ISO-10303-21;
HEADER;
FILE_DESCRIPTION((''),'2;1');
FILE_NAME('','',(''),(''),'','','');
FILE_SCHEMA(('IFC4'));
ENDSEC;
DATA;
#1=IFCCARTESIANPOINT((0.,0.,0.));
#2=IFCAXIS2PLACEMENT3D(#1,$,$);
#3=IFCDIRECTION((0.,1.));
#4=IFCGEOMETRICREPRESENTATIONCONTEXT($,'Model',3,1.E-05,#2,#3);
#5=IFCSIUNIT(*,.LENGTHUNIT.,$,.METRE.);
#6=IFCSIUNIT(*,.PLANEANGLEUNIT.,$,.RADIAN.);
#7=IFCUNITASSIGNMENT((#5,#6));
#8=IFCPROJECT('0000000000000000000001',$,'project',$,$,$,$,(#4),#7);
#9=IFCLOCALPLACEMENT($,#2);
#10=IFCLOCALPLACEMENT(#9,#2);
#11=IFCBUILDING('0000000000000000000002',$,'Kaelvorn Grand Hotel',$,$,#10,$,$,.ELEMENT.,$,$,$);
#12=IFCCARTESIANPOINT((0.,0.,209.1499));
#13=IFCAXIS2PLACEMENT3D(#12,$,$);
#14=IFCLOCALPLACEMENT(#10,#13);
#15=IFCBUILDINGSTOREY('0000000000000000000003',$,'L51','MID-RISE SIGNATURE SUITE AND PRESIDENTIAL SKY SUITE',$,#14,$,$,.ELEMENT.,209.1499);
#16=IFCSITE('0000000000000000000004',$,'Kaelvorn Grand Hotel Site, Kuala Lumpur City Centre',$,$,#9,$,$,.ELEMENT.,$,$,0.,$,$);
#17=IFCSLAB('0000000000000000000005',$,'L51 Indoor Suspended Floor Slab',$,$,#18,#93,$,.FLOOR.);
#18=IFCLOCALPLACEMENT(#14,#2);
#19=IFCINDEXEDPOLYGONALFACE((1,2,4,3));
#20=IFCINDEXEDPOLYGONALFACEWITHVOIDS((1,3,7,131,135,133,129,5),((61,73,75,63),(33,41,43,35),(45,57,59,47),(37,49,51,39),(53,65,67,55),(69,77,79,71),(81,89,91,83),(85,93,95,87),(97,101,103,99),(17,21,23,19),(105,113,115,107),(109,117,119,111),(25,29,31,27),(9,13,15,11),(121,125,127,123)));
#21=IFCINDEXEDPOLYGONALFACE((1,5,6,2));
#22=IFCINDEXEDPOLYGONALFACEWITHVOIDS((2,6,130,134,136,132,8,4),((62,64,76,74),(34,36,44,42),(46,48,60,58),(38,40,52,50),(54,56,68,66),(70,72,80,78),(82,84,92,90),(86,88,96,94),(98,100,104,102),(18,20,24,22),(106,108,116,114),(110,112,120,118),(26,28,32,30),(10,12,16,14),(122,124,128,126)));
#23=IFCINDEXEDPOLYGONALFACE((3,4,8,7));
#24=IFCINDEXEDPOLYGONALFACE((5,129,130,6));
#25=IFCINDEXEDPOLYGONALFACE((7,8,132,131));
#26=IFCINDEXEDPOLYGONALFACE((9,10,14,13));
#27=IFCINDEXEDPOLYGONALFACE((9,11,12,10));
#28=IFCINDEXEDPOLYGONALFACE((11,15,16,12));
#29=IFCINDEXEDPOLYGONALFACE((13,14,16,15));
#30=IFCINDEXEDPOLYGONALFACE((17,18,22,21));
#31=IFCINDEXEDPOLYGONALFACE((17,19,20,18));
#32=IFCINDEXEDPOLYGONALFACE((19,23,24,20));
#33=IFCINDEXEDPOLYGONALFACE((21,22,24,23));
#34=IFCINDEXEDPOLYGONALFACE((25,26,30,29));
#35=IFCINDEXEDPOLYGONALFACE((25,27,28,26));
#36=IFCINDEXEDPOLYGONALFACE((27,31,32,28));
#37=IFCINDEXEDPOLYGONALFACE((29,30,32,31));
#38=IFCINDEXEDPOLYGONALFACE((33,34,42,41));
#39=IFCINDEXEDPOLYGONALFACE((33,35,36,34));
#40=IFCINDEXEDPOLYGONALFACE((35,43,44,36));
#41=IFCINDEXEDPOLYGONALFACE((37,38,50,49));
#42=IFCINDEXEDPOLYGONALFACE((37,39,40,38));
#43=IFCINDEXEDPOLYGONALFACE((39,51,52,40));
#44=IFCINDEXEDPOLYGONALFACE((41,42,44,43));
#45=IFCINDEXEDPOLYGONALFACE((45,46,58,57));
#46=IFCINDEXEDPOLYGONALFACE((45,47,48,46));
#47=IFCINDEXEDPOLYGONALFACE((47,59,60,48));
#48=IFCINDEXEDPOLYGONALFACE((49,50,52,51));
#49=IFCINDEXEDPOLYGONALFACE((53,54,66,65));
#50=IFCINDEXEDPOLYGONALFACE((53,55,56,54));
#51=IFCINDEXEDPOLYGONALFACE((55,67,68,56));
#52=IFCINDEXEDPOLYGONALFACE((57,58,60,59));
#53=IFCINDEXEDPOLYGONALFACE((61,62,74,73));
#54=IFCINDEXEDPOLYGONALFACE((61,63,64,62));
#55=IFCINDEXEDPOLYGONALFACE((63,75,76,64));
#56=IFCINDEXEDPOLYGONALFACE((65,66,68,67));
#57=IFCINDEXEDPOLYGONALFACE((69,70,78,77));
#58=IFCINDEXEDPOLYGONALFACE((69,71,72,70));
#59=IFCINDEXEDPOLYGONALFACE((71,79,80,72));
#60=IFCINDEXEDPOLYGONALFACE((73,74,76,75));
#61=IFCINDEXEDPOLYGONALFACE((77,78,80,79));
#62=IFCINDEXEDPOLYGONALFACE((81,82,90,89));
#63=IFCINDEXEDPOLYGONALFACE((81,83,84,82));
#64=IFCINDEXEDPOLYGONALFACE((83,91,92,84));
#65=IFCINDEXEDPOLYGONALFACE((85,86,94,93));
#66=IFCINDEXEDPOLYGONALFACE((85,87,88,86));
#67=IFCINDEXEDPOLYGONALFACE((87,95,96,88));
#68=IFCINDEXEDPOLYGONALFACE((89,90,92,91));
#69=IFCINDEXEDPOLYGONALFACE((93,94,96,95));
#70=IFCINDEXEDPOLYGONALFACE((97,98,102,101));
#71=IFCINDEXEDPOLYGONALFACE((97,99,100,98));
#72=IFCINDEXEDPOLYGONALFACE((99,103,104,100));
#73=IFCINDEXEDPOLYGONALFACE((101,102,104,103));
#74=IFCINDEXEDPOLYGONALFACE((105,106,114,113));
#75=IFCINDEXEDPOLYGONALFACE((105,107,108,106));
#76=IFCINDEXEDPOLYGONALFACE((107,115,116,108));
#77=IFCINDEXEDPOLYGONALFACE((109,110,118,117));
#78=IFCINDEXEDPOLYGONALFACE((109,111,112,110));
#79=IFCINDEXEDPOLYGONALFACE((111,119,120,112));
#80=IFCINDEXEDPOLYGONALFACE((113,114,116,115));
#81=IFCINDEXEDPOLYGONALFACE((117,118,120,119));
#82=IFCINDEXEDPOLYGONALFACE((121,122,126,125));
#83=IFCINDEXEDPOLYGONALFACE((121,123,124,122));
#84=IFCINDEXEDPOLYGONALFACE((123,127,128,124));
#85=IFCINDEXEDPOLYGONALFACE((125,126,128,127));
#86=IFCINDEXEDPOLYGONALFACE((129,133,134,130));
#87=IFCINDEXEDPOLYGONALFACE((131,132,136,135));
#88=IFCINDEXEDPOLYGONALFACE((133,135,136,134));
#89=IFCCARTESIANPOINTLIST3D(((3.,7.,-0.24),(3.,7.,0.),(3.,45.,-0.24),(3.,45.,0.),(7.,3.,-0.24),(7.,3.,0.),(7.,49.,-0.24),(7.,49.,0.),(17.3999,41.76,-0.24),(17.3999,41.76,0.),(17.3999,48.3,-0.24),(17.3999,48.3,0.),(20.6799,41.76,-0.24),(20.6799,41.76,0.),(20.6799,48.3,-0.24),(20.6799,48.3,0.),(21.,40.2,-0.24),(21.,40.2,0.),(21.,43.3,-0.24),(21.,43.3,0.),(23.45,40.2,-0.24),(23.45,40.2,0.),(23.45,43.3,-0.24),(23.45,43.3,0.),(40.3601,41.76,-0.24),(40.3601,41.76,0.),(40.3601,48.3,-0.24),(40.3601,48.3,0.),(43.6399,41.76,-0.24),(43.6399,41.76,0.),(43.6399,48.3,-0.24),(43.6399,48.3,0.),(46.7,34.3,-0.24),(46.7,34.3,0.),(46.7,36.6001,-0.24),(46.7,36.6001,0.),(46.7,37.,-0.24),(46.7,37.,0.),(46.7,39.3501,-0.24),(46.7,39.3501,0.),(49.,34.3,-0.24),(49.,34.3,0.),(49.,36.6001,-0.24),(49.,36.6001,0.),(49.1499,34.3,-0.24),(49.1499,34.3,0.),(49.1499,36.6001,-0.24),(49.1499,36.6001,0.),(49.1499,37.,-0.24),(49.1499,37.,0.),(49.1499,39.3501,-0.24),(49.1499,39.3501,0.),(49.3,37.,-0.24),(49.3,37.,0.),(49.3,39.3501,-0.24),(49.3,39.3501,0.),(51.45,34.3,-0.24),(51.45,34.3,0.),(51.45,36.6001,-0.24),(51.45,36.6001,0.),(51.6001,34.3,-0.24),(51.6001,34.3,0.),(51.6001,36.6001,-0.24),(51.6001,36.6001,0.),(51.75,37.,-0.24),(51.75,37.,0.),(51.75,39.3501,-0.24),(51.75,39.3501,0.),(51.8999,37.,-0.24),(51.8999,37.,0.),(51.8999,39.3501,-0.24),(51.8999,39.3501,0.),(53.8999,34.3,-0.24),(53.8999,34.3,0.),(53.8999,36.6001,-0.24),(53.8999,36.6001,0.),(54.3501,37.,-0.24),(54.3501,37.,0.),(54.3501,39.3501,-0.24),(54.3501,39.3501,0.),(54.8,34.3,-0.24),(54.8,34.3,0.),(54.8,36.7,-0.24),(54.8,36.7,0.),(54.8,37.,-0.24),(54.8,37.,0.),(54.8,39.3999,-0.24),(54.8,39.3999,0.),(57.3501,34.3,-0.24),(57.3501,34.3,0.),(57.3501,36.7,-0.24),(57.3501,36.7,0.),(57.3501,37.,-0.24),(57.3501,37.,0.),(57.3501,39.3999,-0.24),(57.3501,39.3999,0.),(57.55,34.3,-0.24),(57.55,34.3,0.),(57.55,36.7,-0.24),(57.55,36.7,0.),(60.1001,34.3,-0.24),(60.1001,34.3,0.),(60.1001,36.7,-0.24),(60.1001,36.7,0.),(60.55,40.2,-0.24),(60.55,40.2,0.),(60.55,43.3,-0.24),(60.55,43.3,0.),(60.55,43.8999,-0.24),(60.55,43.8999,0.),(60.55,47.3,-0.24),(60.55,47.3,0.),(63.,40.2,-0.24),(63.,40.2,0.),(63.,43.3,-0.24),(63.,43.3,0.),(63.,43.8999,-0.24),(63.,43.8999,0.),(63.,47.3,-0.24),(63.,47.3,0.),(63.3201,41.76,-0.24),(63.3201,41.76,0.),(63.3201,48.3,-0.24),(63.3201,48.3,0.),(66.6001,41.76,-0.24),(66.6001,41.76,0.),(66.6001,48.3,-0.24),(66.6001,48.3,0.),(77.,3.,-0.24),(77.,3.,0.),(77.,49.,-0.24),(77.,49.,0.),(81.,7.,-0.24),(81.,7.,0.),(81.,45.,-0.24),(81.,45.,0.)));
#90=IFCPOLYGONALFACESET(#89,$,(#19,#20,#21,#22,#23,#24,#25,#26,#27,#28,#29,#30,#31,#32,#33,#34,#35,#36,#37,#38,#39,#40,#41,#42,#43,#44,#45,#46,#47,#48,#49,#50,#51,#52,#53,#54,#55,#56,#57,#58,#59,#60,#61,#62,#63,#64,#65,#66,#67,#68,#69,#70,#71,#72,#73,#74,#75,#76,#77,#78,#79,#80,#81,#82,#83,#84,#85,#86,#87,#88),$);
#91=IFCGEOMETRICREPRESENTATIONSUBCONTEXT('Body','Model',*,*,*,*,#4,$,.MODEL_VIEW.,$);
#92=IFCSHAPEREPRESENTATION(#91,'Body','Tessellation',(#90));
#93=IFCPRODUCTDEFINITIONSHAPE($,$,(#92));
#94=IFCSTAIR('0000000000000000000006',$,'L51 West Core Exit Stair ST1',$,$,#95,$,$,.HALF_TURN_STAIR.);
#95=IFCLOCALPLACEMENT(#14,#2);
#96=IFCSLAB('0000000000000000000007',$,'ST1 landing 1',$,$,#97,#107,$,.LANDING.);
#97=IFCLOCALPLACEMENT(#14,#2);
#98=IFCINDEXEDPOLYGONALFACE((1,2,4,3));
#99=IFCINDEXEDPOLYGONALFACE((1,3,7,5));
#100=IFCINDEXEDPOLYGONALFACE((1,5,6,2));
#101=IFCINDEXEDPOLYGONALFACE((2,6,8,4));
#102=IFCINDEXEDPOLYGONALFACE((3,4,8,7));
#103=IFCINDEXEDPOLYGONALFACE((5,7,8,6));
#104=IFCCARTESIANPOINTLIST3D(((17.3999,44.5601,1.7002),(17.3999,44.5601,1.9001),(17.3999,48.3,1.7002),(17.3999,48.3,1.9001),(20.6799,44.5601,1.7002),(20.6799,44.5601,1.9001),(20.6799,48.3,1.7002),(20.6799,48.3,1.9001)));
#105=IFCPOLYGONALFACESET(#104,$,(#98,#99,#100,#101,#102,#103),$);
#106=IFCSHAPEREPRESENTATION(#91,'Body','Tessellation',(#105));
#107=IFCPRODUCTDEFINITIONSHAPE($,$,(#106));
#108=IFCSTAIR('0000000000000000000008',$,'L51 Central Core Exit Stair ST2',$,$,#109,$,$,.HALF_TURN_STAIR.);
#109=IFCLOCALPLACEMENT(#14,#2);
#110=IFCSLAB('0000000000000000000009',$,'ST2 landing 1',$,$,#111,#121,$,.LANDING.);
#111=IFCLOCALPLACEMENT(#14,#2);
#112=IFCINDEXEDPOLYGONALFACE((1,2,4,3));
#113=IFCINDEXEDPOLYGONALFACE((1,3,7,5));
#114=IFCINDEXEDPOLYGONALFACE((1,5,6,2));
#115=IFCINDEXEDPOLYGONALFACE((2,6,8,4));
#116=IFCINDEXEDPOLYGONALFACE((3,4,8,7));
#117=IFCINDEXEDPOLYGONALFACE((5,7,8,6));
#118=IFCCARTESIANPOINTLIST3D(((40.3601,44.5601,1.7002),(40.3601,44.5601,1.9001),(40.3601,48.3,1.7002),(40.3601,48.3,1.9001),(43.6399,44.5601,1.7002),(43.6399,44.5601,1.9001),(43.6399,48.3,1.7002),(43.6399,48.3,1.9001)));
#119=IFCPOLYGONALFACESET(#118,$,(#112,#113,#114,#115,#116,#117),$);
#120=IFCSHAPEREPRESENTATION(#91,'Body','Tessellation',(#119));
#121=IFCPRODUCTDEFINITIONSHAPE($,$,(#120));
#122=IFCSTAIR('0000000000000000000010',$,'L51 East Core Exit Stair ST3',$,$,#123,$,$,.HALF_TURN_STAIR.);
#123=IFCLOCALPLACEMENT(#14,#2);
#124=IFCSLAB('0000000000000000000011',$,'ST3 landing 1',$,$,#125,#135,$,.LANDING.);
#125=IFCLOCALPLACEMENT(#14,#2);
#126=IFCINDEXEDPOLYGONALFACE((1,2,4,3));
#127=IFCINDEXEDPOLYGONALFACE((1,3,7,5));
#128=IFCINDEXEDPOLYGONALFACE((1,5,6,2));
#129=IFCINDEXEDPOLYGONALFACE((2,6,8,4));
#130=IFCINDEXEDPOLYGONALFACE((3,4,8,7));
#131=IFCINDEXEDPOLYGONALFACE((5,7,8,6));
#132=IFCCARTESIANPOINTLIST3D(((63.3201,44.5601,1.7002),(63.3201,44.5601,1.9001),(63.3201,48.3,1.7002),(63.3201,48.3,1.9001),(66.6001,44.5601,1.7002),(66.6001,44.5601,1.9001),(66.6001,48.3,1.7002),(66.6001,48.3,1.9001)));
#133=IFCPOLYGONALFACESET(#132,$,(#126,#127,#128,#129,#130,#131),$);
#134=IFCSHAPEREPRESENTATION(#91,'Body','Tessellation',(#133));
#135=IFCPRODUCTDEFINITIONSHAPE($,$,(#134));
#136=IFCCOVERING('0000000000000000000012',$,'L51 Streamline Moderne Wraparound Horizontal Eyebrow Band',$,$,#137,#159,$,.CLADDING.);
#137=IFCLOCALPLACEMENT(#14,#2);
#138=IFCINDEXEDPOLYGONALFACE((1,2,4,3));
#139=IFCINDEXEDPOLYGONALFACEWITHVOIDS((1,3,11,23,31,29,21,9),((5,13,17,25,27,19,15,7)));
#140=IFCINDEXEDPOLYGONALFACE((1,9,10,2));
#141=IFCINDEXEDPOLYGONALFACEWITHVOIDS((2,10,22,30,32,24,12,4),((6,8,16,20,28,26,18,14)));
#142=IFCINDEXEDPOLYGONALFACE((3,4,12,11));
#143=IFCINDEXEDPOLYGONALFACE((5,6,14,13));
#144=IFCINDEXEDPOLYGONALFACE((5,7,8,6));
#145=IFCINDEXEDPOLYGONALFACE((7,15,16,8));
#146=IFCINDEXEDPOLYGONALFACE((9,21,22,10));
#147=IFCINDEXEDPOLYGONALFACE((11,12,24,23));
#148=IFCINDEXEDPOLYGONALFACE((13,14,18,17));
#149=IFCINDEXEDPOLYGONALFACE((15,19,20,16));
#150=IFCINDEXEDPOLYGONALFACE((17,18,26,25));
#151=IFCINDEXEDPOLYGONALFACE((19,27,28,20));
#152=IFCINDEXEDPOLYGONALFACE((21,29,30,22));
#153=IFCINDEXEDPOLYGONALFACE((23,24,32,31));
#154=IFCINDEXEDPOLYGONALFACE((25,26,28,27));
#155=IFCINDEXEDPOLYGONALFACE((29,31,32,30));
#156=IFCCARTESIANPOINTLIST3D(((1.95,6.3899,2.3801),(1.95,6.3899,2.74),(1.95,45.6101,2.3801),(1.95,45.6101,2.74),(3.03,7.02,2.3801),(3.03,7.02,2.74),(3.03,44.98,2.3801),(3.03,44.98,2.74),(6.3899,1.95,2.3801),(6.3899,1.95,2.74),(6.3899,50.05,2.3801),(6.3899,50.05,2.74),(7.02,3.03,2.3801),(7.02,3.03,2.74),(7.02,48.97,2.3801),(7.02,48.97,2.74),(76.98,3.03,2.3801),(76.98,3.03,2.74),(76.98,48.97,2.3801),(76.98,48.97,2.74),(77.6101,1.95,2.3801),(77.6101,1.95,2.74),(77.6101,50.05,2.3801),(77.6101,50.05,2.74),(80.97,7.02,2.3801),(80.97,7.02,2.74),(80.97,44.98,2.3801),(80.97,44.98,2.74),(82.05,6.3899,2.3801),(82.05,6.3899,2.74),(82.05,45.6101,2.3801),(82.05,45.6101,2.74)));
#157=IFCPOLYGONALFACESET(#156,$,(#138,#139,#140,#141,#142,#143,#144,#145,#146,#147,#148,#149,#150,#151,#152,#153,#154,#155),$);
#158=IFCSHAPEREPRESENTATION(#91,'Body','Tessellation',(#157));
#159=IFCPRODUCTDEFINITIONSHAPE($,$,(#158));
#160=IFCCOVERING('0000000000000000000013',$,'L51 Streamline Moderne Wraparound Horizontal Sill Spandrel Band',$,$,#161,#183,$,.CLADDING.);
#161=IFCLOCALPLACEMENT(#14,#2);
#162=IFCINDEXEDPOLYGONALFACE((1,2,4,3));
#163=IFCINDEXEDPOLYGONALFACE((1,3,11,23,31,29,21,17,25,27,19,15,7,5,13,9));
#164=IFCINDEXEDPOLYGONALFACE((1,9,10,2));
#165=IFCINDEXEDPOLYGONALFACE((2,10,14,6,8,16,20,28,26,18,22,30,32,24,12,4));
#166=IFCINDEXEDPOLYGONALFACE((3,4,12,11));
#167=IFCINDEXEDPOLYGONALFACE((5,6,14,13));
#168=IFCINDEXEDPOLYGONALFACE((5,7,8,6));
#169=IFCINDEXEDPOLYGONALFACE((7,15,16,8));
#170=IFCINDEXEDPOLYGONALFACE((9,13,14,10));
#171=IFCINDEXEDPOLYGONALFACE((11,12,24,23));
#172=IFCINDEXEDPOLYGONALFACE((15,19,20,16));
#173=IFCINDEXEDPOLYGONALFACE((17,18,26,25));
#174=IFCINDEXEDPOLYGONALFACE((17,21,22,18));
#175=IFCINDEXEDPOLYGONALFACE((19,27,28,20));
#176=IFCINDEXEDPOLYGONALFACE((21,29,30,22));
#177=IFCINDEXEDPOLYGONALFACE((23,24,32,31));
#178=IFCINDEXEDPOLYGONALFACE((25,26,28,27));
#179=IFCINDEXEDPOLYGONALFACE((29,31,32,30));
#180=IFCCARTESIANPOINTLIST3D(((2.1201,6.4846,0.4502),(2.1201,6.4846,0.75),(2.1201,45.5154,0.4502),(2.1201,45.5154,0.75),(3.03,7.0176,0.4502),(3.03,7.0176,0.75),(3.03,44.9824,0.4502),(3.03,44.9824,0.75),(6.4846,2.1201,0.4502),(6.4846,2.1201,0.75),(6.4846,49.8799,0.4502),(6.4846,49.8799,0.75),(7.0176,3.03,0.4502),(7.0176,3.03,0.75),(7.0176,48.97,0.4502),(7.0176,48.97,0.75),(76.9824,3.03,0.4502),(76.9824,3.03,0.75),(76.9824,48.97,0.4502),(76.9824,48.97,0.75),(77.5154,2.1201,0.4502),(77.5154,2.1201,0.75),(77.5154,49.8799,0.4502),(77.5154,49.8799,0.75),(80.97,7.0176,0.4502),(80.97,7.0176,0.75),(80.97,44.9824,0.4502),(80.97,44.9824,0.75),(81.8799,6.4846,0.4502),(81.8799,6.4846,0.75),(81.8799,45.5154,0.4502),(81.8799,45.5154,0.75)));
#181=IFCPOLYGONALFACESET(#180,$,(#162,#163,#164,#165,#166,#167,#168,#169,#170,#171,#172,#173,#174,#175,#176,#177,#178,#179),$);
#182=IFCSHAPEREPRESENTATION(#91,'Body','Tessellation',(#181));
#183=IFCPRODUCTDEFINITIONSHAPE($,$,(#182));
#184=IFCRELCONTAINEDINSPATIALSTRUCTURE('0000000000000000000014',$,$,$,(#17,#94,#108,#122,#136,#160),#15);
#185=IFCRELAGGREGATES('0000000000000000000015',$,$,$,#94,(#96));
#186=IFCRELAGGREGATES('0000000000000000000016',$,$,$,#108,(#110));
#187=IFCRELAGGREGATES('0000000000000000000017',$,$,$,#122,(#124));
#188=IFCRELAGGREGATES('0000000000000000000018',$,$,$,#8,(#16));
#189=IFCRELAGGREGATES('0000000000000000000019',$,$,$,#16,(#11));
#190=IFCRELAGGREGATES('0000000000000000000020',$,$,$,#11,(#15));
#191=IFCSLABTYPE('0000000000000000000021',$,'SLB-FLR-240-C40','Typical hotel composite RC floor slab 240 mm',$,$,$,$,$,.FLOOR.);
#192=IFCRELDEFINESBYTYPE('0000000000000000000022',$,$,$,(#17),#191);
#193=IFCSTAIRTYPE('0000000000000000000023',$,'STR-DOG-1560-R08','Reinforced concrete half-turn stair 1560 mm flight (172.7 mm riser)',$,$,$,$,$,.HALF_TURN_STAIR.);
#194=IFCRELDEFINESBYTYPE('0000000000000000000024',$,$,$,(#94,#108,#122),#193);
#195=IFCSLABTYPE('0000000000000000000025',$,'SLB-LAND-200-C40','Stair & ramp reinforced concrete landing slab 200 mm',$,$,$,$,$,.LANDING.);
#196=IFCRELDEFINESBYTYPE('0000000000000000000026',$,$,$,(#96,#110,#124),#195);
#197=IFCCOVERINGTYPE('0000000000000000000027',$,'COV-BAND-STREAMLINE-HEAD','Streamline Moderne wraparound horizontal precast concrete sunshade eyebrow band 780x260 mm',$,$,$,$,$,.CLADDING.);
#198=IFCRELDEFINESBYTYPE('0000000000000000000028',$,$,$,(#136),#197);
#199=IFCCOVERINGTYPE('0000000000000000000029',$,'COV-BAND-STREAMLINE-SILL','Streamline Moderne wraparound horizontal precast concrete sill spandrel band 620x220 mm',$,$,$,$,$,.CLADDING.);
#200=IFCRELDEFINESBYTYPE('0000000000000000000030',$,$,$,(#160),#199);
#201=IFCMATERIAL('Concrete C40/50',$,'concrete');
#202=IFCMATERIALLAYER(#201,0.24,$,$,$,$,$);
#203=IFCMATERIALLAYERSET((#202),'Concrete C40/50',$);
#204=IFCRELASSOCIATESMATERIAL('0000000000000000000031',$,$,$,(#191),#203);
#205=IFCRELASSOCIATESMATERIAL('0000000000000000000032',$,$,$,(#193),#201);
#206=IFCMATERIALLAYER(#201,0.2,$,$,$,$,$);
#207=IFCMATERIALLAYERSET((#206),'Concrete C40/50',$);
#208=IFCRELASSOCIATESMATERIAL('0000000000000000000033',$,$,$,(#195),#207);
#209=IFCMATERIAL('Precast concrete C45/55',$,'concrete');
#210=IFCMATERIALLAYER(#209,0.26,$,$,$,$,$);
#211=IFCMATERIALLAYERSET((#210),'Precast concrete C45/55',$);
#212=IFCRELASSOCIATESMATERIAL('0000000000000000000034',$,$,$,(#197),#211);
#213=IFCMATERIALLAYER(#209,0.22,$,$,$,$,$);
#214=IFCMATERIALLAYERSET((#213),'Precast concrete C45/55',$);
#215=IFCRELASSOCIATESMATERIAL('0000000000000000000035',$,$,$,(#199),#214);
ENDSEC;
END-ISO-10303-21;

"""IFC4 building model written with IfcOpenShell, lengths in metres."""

from ifc_helpers import new_model, si_unit, direction, frame, origin, place, context, subcontext, project, spatial, polyline, outline, extrude, material, layer, layer_set, type_object, element, aggregate, save


model = new_model("IFC4")

# Units and contexts
model_context = context("Model", 3, precision=1e-05, world=origin(), true_north=direction((0.0, 1.0)))
body_context = subcontext(model_context, "Body", "Model", "MODEL_VIEW")
ifc_project = project(units=[si_unit("LENGTHUNIT", "METRE"), si_unit("PLANEANGLEUNIT", "RADIAN")], contexts=[model_context])

# Site, building, storey
site_placement = place(None, origin())
site = spatial("IfcSite", under=ifc_project, at=site_placement, Name="Kaelvorn Grand Hotel Site, Kuala Lumpur City Centre", CompositionType="ELEMENT", RefElevation=0.0)
building_placement = place(site_placement, origin())
building = spatial("IfcBuilding", under=site, at=building_placement, Name="Kaelvorn Grand Hotel", CompositionType="ELEMENT")
storey_placement = place(building_placement, frame((0.0, 0.0, 209.1499)))
storey = spatial("IfcBuildingStorey", under=building, at=storey_placement, Name="L51", Description="MID-RISE SIGNATURE SUITE AND PRESIDENTIAL SKY SUITE", CompositionType="ELEMENT", Elevation=209.1499)

# Slab
ifc_material_1 = material(Name="Concrete C40/50", Category="concrete")
ifc_layer_1 = layer(ifc_material_1, 0.24)
ifc_layer_set_1 = layer_set([ifc_layer_1], Name="Concrete C40/50")
slab_type_1 = type_object("IfcSlabType", Name="SLB-FLR-240-C40", Description="Typical hotel composite RC floor slab 240 mm", PredefinedType="FLOOR", material=ifc_layer_set_1)
slab_1_placement = place(storey_placement, frame((0.0, 0.0, -0.24)))
element("IfcSlab", 1, at=slab_1_placement, inside=storey, type_object=slab_type_1, Name="L51 Indoor Suspended Floor Slab", PredefinedType="FLOOR", context=body_context, shape_type="SweptSolid", body=[
    extrude(outline(polyline([(7.0, 3.0), (77.0, 3.0), (81.0, 7.0), (81.0, 45.0), (77.0, 49.0), (7.0, 49.0), (3.0, 45.0), (3.0, 7.0), (7.0, 3.0)]), holes=[polyline([(17.3999, 41.76), (17.3999, 48.3), (20.6799, 48.3), (20.6799, 41.76), (17.3999, 41.76)]), polyline([(40.3601, 41.76), (40.3601, 48.3), (43.6399, 48.3), (43.6399, 41.76), (40.3601, 41.76)]), polyline([(63.3201, 41.76), (63.3201, 48.3), (66.6001, 48.3), (66.6001, 41.76), (63.3201, 41.76)]), polyline([(46.7, 34.3), (46.7, 36.6001), (49.0, 36.6001), (49.0, 34.3), (46.7, 34.3)]), polyline([(49.1499, 34.3), (49.1499, 36.6001), (51.45, 36.6001), (51.45, 34.3), (49.1499, 34.3)]), polyline([(51.6001, 34.3), (51.6001, 36.6001), (53.8999, 36.6001), (53.8999, 34.3), (51.6001, 34.3)]), polyline([(46.7, 37.0), (46.7, 39.3501), (49.1499, 39.3501), (49.1499, 37.0), (46.7, 37.0)]), polyline([(49.3, 37.0), (49.3, 39.3501), (51.75, 39.3501), (51.75, 37.0), (49.3, 37.0)]), polyline([(51.8999, 37.0), (51.8999, 39.3501), (54.3501, 39.3501), (54.3501, 37.0), (51.8999, 37.0)]), polyline([(54.8, 34.3), (54.8, 36.7), (57.3501, 36.7), (57.3501, 34.3), (54.8, 34.3)]), polyline([(57.55, 34.3), (57.55, 36.7), (60.1001, 36.7), (60.1001, 34.3), (57.55, 34.3)]), polyline([(54.8, 37.0), (54.8, 39.3999), (57.3501, 39.3999), (57.3501, 37.0), (54.8, 37.0)]), polyline([(21.0, 40.2), (21.0, 43.3), (23.45, 43.3), (23.45, 40.2), (21.0, 40.2)]), polyline([(60.55, 40.2), (60.55, 43.3), (63.0, 43.3), (63.0, 40.2), (60.55, 40.2)]), polyline([(60.55, 43.8999), (60.55, 47.3), (63.0, 47.3), (63.0, 43.8999), (60.55, 43.8999)])]), origin(), (0.0, 0.0, 1.0), 0.24),
])

# Stairs, slabs
stair_type = type_object("IfcStairType", Name="STR-DOG-1560-R08", Description="Reinforced concrete half-turn stair 1560 mm flight (172.7 mm riser)", PredefinedType="HALF_TURN_STAIR", material=ifc_material_1)
stair_1_placement = place(storey_placement, origin())
stair_1 = element("IfcStair", 2, at=stair_1_placement, inside=storey, type_object=stair_type, Name="L51 West Core Exit Stair ST1", PredefinedType="HALF_TURN_STAIR")
ifc_layer_2 = layer(ifc_material_1, 0.2)
ifc_layer_set_2 = layer_set([ifc_layer_2], Name="Concrete C40/50")
slab_type_2 = type_object("IfcSlabType", Name="SLB-LAND-200-C40", Description="Stair & ramp reinforced concrete landing slab 200 mm", PredefinedType="LANDING", material=ifc_layer_set_2)
slab_2_placement = place(storey_placement, frame((0.0, 0.0, 1.7002)))
slab_2 = element("IfcSlab", 3, at=slab_2_placement, type_object=slab_type_2, Name="ST1 landing 1", PredefinedType="LANDING", context=body_context, shape_type="SweptSolid", body=[
    extrude(outline(polyline([(20.6799, 44.5601), (20.6799, 48.3), (17.3999, 48.3), (17.3999, 44.5601), (20.6799, 44.5601)])), origin(), (0.0, 0.0, 1.0), 0.2),
])
aggregate(stair_1, [slab_2])
stair_2_placement = place(storey_placement, origin())
stair_2 = element("IfcStair", 4, at=stair_2_placement, inside=storey, type_object=stair_type, Name="L51 Central Core Exit Stair ST2", PredefinedType="HALF_TURN_STAIR")
slab_3_placement = place(storey_placement, frame((0.0, 0.0, 1.7002)))
slab_3 = element("IfcSlab", 5, at=slab_3_placement, type_object=slab_type_2, Name="ST2 landing 1", PredefinedType="LANDING", context=body_context, shape_type="SweptSolid", body=[
    extrude(outline(polyline([(43.6399, 44.5601), (43.6399, 48.3), (40.3601, 48.3), (40.3601, 44.5601), (43.6399, 44.5601)])), origin(), (0.0, 0.0, 1.0), 0.2),
])
aggregate(stair_2, [slab_3])
stair_3_placement = place(storey_placement, origin())
stair_3 = element("IfcStair", 6, at=stair_3_placement, inside=storey, type_object=stair_type, Name="L51 East Core Exit Stair ST3", PredefinedType="HALF_TURN_STAIR")
slab_4_placement = place(storey_placement, frame((0.0, 0.0, 1.7002)))
slab_4 = element("IfcSlab", 7, at=slab_4_placement, type_object=slab_type_2, Name="ST3 landing 1", PredefinedType="LANDING", context=body_context, shape_type="SweptSolid", body=[
    extrude(outline(polyline([(66.6001, 44.5601), (66.6001, 48.3), (63.3201, 48.3), (63.3201, 44.5601), (66.6001, 44.5601)])), origin(), (0.0, 0.0, 1.0), 0.2),
])
aggregate(stair_3, [slab_4])

# Coverings
ifc_material_2 = material(Name="Precast concrete C45/55", Category="concrete")
ifc_layer_3 = layer(ifc_material_2, 0.26)
ifc_layer_set_3 = layer_set([ifc_layer_3], Name="Precast concrete C45/55")
covering_type_1 = type_object("IfcCoveringType", Name="COV-BAND-STREAMLINE-HEAD", Description="Streamline Moderne wraparound horizontal precast concrete sunshade eyebrow band 780x260 mm", PredefinedType="CLADDING", material=ifc_layer_set_3)
covering_1_placement = place(storey_placement, frame((0.0, 0.0, 2.3801)))
element("IfcCovering", 8, at=covering_1_placement, inside=storey, type_object=covering_type_1, Name="L51 Streamline Moderne Wraparound Horizontal Eyebrow Band", PredefinedType="CLADDING", context=body_context, shape_type="SweptSolid", body=[
    extrude(outline(polyline([(6.3899, 1.95), (77.6101, 1.95), (82.05, 6.3899), (82.05, 45.6101), (77.6101, 50.05), (6.3899, 50.05), (1.95, 45.6101), (1.95, 6.3899), (6.3899, 1.95)]), holes=[polyline([(7.02, 3.03), (76.98, 3.03), (80.97, 7.02), (80.97, 44.98), (76.98, 48.97), (7.02, 48.97), (3.03, 44.98), (3.03, 7.02), (7.02, 3.03)])]), origin(), (0.0, 0.0, 1.0), 0.3599),
])
ifc_layer_4 = layer(ifc_material_2, 0.22)
ifc_layer_set_4 = layer_set([ifc_layer_4], Name="Precast concrete C45/55")
covering_type_2 = type_object("IfcCoveringType", Name="COV-BAND-STREAMLINE-SILL", Description="Streamline Moderne wraparound horizontal precast concrete sill spandrel band 620x220 mm", PredefinedType="CLADDING", material=ifc_layer_set_4)
covering_2_placement = place(storey_placement, frame((0.0, 0.0, 0.4502)))
element("IfcCovering", 9, at=covering_2_placement, inside=storey, type_object=covering_type_2, Name="L51 Streamline Moderne Wraparound Horizontal Sill Spandrel Band", PredefinedType="CLADDING", context=body_context, shape_type="SweptSolid", body=[
    extrude(outline(polyline([(77.5154, 2.1201), (81.8799, 6.4846), (81.8799, 45.5154), (77.5154, 49.8799), (6.4846, 49.8799), (2.1201, 45.5154), (2.1201, 6.4846), (6.4846, 2.1201), (7.0176, 3.03), (3.03, 7.0176), (3.03, 44.9824), (7.0176, 48.97), (76.9824, 48.97), (80.97, 44.9824), (80.97, 7.0176), (76.9824, 3.03), (77.5154, 2.1201)])), origin(), (0.0, 0.0, 1.0), 0.2998),
])

save(model, "model.ifc")
